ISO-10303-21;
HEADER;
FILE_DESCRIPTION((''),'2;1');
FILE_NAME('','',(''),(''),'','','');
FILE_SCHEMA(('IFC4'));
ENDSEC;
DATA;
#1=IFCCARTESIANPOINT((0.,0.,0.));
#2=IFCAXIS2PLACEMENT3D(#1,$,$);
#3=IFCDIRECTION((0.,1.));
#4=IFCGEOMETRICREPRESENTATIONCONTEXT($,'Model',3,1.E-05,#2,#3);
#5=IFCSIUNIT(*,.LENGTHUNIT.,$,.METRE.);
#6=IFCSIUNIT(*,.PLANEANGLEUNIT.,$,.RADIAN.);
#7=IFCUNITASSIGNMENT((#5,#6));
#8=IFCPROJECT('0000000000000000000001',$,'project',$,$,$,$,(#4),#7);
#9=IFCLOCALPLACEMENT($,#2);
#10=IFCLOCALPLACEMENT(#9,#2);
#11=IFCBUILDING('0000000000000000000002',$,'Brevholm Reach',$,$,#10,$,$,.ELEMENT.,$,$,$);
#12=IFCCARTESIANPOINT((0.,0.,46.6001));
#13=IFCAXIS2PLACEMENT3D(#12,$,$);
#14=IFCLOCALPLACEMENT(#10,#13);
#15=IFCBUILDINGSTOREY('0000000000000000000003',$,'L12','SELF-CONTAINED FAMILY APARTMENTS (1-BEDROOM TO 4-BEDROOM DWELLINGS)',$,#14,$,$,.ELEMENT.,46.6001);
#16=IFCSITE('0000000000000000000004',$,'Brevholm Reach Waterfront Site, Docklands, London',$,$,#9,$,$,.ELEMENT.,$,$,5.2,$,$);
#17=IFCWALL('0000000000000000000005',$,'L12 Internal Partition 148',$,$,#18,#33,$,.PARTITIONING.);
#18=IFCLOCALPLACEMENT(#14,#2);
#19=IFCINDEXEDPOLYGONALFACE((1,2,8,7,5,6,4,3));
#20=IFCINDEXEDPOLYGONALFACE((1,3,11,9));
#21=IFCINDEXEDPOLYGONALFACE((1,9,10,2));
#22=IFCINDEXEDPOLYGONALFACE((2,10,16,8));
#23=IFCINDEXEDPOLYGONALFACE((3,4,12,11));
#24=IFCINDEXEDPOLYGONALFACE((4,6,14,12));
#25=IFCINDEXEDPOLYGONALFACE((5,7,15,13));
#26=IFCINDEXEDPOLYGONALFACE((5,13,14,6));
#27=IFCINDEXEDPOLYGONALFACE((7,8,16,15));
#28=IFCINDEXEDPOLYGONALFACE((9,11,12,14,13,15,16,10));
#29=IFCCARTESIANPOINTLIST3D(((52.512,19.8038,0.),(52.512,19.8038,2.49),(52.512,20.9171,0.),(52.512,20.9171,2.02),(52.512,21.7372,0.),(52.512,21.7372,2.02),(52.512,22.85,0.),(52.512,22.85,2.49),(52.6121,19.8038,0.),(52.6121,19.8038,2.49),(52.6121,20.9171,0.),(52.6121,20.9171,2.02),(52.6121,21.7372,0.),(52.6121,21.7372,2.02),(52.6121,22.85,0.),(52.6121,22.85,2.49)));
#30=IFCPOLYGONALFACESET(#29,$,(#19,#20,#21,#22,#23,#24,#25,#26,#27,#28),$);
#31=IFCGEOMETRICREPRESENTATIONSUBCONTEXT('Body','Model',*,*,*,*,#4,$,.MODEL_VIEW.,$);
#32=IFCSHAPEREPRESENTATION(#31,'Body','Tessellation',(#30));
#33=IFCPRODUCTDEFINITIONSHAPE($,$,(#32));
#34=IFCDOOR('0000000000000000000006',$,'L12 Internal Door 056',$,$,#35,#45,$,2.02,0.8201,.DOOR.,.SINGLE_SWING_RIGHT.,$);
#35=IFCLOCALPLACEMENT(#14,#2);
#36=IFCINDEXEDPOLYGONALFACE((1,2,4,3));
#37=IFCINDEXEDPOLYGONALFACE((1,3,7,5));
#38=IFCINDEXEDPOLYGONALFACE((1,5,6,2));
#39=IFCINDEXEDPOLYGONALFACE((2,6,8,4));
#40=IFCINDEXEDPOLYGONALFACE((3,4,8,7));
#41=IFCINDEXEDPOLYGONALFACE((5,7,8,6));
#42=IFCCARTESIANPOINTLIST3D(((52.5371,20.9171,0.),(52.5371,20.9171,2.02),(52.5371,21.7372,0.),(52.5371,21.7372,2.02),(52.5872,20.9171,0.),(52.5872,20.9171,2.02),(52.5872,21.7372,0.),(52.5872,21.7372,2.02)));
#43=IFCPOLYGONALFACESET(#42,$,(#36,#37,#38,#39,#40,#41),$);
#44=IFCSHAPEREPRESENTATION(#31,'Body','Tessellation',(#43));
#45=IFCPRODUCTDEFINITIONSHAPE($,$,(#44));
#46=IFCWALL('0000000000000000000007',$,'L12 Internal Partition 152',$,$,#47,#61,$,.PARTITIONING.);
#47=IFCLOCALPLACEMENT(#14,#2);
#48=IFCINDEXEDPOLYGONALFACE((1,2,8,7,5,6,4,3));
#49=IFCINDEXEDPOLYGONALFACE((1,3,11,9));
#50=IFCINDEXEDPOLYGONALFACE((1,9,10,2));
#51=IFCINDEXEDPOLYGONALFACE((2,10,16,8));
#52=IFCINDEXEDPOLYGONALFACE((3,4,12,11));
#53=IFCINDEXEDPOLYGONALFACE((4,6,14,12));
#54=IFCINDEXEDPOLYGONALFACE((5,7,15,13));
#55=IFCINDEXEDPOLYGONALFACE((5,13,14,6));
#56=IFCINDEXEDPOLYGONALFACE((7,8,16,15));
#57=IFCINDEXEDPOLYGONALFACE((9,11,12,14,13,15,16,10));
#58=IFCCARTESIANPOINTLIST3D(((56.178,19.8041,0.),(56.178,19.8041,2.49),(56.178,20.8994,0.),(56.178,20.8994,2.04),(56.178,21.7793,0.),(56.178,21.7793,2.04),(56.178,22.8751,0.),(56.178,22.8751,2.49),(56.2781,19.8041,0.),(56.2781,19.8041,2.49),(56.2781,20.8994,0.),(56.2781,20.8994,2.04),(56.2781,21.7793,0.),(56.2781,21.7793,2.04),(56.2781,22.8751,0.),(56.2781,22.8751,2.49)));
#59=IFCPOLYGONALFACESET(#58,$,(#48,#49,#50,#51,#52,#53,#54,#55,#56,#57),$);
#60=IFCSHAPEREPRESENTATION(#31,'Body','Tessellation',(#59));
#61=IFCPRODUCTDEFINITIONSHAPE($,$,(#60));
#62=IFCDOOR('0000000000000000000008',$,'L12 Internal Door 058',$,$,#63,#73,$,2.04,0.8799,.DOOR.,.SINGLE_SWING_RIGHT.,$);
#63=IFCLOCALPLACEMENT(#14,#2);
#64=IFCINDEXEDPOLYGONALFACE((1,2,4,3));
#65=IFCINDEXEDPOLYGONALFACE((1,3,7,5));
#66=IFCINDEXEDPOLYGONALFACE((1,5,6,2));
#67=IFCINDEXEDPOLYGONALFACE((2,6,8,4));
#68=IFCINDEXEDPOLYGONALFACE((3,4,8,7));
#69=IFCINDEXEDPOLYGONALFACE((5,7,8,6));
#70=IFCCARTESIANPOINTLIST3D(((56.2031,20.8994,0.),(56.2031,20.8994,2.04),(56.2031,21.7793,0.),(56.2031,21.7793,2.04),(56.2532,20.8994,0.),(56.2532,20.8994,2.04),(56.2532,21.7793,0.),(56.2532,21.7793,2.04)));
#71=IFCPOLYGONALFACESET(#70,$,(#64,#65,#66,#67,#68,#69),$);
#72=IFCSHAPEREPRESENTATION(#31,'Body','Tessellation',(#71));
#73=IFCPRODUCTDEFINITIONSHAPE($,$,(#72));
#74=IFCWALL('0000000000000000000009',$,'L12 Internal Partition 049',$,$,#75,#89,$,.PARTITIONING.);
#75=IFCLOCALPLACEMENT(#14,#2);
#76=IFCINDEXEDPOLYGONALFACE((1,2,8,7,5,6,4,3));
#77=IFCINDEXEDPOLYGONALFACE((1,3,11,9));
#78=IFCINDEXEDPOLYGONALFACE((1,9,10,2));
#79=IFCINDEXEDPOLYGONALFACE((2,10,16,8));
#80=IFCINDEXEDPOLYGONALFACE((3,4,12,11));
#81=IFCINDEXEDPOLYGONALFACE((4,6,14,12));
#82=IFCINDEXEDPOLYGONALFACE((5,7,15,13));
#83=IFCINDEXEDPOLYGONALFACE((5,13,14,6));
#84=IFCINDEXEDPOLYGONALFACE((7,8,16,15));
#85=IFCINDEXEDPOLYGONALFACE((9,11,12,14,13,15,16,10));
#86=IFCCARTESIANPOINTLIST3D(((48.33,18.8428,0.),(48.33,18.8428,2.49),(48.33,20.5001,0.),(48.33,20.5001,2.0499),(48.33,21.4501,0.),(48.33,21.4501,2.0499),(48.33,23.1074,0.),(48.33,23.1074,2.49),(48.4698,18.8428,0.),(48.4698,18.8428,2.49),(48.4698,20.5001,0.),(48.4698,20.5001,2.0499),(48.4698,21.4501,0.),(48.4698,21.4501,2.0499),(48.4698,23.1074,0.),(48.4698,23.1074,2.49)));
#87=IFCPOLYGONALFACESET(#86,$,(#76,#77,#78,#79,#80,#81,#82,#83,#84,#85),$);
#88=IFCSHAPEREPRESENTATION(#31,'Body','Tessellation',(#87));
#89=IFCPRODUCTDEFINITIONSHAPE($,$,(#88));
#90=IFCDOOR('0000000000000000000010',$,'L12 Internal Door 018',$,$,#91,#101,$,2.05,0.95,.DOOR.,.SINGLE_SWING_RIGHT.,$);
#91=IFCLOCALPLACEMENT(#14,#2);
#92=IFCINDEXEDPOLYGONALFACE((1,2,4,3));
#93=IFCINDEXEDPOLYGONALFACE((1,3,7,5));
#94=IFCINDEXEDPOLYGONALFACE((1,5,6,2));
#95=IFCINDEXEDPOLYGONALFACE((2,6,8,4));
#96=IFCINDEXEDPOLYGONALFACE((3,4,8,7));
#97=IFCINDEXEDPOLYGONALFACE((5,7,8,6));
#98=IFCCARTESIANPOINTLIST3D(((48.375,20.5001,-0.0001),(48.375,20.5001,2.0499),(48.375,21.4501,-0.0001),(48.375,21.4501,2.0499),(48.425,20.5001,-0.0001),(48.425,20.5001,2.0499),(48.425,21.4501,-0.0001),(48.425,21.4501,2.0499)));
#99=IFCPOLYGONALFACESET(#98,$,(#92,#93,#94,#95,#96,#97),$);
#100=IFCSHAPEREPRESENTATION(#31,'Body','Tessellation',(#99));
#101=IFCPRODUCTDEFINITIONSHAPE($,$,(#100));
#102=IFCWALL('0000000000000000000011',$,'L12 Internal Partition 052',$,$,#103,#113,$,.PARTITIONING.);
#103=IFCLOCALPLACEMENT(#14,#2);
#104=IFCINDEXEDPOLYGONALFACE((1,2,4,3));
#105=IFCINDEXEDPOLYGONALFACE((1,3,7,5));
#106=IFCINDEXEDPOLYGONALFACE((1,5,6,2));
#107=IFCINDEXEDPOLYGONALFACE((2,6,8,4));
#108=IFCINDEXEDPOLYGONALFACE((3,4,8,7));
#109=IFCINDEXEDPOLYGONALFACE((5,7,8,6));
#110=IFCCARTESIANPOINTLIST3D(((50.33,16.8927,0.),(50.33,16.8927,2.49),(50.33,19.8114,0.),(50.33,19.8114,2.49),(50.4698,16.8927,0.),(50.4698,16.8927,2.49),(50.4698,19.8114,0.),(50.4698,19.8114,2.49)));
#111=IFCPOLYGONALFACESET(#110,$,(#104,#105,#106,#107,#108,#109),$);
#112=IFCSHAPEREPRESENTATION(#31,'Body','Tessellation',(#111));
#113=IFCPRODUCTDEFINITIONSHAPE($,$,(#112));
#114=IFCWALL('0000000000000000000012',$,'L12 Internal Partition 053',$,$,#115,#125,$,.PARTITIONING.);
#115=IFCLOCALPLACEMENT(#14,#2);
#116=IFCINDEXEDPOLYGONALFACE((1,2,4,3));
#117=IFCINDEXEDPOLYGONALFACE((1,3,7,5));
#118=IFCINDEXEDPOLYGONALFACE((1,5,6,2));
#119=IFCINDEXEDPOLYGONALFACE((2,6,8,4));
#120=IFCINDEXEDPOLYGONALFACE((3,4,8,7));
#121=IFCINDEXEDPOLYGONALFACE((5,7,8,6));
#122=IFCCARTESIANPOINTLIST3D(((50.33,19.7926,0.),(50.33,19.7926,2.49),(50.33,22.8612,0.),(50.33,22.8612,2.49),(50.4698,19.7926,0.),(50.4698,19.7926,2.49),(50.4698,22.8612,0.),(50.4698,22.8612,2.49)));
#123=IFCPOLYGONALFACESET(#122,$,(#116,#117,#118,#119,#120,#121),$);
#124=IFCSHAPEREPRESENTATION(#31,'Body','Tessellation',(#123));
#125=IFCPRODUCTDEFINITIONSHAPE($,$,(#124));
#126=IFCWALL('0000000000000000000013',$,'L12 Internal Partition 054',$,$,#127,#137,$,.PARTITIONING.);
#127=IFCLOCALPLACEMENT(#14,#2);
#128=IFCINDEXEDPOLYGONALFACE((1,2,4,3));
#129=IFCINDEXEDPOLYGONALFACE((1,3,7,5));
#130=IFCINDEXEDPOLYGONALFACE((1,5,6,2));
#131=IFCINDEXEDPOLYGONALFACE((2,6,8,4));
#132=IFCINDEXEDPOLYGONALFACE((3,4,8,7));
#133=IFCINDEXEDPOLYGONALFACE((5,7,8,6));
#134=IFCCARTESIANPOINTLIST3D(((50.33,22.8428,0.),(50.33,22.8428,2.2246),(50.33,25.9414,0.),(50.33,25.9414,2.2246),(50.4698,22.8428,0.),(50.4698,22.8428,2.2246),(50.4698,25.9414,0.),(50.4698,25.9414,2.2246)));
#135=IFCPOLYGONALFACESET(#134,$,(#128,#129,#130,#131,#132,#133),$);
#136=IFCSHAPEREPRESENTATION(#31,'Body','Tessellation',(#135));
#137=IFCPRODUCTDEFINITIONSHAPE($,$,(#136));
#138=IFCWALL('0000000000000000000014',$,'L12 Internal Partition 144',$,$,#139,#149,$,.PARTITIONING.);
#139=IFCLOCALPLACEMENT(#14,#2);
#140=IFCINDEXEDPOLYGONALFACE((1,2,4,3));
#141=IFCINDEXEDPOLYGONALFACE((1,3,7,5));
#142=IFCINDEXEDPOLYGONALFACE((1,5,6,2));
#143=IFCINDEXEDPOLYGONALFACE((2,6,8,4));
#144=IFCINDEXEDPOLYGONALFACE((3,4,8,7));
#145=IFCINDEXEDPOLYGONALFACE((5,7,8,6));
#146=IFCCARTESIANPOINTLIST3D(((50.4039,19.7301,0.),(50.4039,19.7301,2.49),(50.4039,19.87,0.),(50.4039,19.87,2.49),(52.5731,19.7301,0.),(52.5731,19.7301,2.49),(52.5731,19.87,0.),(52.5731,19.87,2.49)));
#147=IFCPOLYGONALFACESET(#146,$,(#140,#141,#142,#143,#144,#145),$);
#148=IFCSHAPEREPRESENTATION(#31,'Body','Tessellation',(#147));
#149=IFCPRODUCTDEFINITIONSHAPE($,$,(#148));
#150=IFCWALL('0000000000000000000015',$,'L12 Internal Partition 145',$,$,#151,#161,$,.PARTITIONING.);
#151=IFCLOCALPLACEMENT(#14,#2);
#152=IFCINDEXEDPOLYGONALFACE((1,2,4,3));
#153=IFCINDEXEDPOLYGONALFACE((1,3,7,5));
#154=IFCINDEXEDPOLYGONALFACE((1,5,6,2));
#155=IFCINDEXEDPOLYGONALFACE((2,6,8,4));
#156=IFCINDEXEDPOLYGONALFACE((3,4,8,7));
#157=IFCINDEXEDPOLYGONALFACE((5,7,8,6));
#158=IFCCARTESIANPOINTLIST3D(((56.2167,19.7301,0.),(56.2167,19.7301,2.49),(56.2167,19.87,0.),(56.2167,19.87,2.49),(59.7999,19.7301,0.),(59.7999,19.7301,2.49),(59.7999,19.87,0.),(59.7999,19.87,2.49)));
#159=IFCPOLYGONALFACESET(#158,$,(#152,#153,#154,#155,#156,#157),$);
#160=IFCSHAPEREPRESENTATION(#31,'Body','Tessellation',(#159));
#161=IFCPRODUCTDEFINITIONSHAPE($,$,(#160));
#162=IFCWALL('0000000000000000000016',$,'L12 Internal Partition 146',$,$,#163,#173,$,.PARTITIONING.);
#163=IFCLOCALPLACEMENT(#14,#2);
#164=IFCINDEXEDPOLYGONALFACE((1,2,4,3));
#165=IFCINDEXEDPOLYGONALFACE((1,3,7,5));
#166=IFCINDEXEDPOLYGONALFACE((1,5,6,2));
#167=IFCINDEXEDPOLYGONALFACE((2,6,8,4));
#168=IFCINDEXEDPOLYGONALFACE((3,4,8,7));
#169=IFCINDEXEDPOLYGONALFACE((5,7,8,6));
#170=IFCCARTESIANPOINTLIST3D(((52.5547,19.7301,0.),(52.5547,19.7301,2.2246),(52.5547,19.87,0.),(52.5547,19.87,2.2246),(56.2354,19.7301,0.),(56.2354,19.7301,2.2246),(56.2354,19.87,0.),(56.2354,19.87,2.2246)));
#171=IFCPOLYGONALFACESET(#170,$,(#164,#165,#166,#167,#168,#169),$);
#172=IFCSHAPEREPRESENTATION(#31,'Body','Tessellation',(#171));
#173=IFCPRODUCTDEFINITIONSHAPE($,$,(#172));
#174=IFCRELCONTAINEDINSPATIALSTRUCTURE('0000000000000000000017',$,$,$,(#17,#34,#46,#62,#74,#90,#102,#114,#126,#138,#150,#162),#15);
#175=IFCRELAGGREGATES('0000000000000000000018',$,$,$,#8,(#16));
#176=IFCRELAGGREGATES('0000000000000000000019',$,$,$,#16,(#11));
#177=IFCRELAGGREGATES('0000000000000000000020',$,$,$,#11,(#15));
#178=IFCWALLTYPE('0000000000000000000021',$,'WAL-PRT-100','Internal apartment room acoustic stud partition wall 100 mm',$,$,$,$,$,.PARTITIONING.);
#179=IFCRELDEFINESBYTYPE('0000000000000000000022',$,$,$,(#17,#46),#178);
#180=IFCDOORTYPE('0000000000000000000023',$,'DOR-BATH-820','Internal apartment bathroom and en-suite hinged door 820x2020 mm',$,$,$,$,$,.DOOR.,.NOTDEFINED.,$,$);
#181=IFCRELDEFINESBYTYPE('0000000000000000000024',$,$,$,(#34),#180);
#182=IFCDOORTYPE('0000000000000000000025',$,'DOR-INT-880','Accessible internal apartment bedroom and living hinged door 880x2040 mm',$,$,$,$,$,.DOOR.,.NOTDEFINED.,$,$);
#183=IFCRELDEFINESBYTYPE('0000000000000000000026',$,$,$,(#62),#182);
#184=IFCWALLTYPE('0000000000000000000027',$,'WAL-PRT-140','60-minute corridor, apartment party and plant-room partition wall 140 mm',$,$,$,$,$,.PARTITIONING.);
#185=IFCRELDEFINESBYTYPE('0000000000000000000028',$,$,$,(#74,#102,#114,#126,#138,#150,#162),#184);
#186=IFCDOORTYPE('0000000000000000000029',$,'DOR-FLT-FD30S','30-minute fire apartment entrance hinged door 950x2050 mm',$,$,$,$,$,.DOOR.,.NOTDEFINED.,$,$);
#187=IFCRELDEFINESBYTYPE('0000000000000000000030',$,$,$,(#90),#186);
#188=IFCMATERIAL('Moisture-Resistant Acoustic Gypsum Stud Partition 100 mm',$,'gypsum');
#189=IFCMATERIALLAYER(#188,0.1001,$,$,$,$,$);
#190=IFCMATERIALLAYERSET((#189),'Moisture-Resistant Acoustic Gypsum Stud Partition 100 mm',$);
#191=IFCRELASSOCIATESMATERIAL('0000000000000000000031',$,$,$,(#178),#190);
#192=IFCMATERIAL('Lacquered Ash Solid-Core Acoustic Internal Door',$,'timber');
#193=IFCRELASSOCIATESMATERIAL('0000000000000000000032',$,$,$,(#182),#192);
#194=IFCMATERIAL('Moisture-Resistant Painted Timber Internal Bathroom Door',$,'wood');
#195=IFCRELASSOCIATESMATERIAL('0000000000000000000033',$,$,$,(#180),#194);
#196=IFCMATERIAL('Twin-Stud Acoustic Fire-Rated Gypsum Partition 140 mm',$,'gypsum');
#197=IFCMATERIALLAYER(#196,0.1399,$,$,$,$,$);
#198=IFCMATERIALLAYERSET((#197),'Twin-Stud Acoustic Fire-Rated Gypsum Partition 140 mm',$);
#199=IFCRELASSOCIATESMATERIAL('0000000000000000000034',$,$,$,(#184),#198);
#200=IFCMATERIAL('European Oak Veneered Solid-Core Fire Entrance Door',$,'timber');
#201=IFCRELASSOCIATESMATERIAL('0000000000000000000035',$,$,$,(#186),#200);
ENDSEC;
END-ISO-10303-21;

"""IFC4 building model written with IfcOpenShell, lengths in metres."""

from ifc_helpers import new_model, si_unit, direction, frame, frame_2d, origin, place, context, subcontext, project, spatial, rectangle, extrude, material, layer, layer_set, type_object, element, fill, save


model = new_model("IFC4")

# Units and contexts
model_context = context("Model", 3, precision=1e-05, world=origin(), true_north=direction((0.0, 1.0)))
body_context = subcontext(model_context, "Body", "Model", "MODEL_VIEW")
ifc_project = project(units=[si_unit("LENGTHUNIT", "METRE"), si_unit("PLANEANGLEUNIT", "RADIAN")], contexts=[model_context])

# Site, building, storey
site_placement = place(None, origin())
site = spatial("IfcSite", under=ifc_project, at=site_placement, Name="Brevholm Reach Waterfront Site, Docklands, London", CompositionType="ELEMENT", RefElevation=5.2)
building_placement = place(site_placement, origin())
building = spatial("IfcBuilding", under=site, at=building_placement, Name="Brevholm Reach", CompositionType="ELEMENT")
storey_placement = place(building_placement, frame((0.0, 0.0, 46.6001)))
storey = spatial("IfcBuildingStorey", under=building, at=storey_placement, Name="L12", Description="SELF-CONTAINED FAMILY APARTMENTS (1-BEDROOM TO 4-BEDROOM DWELLINGS)", CompositionType="ELEMENT", Elevation=46.6001)

# Shared definitions
ifc_material_1 = material(Name="Moisture-Resistant Acoustic Gypsum Stud Partition 100 mm", Category="gypsum")
ifc_layer_1 = layer(ifc_material_1, 0.1001)
ifc_layer_set_1 = layer_set([ifc_layer_1], Name="Moisture-Resistant Acoustic Gypsum Stud Partition 100 mm")
wall_type_1 = type_object("IfcWallType", Name="WAL-PRT-100", Description="Internal apartment room acoustic stud partition wall 100 mm", PredefinedType="PARTITIONING", material=ifc_layer_set_1)
ifc_material_2 = material(Name="Lacquered Ash Solid-Core Acoustic Internal Door", Category="timber")
door_type_1 = type_object("IfcDoorType", Name="DOR-INT-880", Description="Accessible internal apartment bedroom and living hinged door 880x2040 mm", OperationType="NOTDEFINED", PredefinedType="DOOR", material=ifc_material_2)

# Walls, openings, doors
wall_1_placement = place(storey_placement, frame((52.562, 19.804, 0.0), z_axis=(0.0, 0.0, 1.0), x_axis=(0.0, 1.0, 0.0)))
wall_1 = element("IfcWall", 1, at=wall_1_placement, inside=storey, type_object=wall_type_1, Name="L12 Internal Partition 148", PredefinedType="PARTITIONING", context=body_context, shape_type="SweptSolid", body=[
    extrude(rectangle(XDim=3.0461, YDim=0.1001, at=frame_2d((1.5229, 0.0))), origin(), (0.0, 0.0, 1.0), 2.49),
])
opening_1_placement = place(wall_1_placement, frame((1.113, 0.0, 0.0)))
opening_1 = element("IfcOpeningElement", 2, at=opening_1_placement, cuts=wall_1, PredefinedType="OPENING", context=body_context, shape_type="SweptSolid", body=[
    extrude(rectangle(XDim=0.8201, YDim=2.02, at=frame_2d((0.4102, 1.01))), frame((0.0, 0.0601, 0.0), z_axis=(0.0, -1.0, 0.0), x_axis=(1.0, 0.0, 0.0)), (0.0, 0.0, 1.0), 0.1201),
])
ifc_material_3 = material(Name="Moisture-Resistant Painted Timber Internal Bathroom Door", Category="wood")
door_type_2 = type_object("IfcDoorType", Name="DOR-BATH-820", Description="Internal apartment bathroom and en-suite hinged door 820x2020 mm", OperationType="NOTDEFINED", PredefinedType="DOOR", material=ifc_material_3)
door_1_placement = place(opening_1_placement, origin())
door_1 = element("IfcDoor", 3, at=door_1_placement, inside=storey, type_object=door_type_2, Name="L12 Internal Door 056", OperationType="SINGLE_SWING_RIGHT", OverallHeight=2.02, OverallWidth=0.8201, PredefinedType="DOOR", context=body_context, shape_type="SweptSolid", body=[
    extrude(rectangle(XDim=0.8201, YDim=2.02, at=frame_2d((0.4102, 1.01))), frame((0.0, 0.0249, 0.0), z_axis=(0.0, -1.0, 0.0), x_axis=(1.0, 0.0, 0.0)), (0.0, 0.0, 1.0), 0.05),
])
fill(opening_1, door_1)
wall_2_placement = place(storey_placement, frame((56.228, 19.804, 0.0), z_axis=(0.0, 0.0, 1.0), x_axis=(0.0, 1.0, 0.0)))
wall_2 = element("IfcWall", 4, at=wall_2_placement, inside=storey, type_object=wall_type_1, Name="L12 Internal Partition 152", PredefinedType="PARTITIONING", context=body_context, shape_type="SweptSolid", body=[
    extrude(rectangle(XDim=3.071, YDim=0.1001, at=frame_2d((1.5356, 0.0))), origin(), (0.0, 0.0, 1.0), 2.49),
])
opening_2_placement = place(wall_2_placement, frame((1.0955, 0.0, 0.0)))
opening_2 = element("IfcOpeningElement", 5, at=opening_2_placement, cuts=wall_2, PredefinedType="OPENING", context=body_context, shape_type="SweptSolid", body=[
    extrude(rectangle(XDim=0.8799, YDim=2.04, at=frame_2d((0.4399, 1.02))), frame((0.0, 0.0601, 0.0), z_axis=(0.0, -1.0, 0.0), x_axis=(1.0, 0.0, 0.0)), (0.0, 0.0, 1.0), 0.1201),
])
door_2_placement = place(opening_2_placement, origin())
door_2 = element("IfcDoor", 6, at=door_2_placement, inside=storey, type_object=door_type_1, Name="L12 Internal Door 058", OperationType="SINGLE_SWING_RIGHT", OverallHeight=2.04, OverallWidth=0.8799, PredefinedType="DOOR", context=body_context, shape_type="SweptSolid", body=[
    extrude(rectangle(XDim=0.8799, YDim=2.04, at=frame_2d((0.4399, 1.02))), frame((0.0, 0.0249, 0.0), z_axis=(0.0, -1.0, 0.0), x_axis=(1.0, 0.0, 0.0)), (0.0, 0.0, 1.0), 0.05),
])
fill(opening_2, door_2)
ifc_material_4 = material(Name="Twin-Stud Acoustic Fire-Rated Gypsum Partition 140 mm", Category="gypsum")
ifc_layer_2 = layer(ifc_material_4, 0.1399)
ifc_layer_set_2 = layer_set([ifc_layer_2], Name="Twin-Stud Acoustic Fire-Rated Gypsum Partition 140 mm")
wall_type_2 = type_object("IfcWallType", Name="WAL-PRT-140", Description="60-minute corridor, apartment party and plant-room partition wall 140 mm", PredefinedType="PARTITIONING", material=ifc_layer_set_2)
wall_3_placement = place(storey_placement, frame((48.3999, 18.8428, 0.0), z_axis=(0.0, 0.0, 1.0), x_axis=(0.0, 1.0, 0.0)))
wall_3 = element("IfcWall", 7, at=wall_3_placement, inside=storey, type_object=wall_type_2, Name="L12 Internal Partition 049", PredefinedType="PARTITIONING", context=body_context, shape_type="SweptSolid", body=[
    extrude(rectangle(XDim=4.2646, YDim=0.1399, at=frame_2d((2.1323, 0.0))), origin(), (0.0, 0.0, 1.0), 2.49),
])
opening_3_placement = place(wall_3_placement, frame((1.6572, 0.0, 0.0)))
opening_3 = element("IfcOpeningElement", 8, at=opening_3_placement, cuts=wall_3, PredefinedType="OPENING", context=body_context, shape_type="SweptSolid", body=[
    extrude(rectangle(XDim=0.95, YDim=2.05, at=frame_2d((0.4751, 1.0249))), frame((0.0, 0.0798, 0.0), z_axis=(0.0, -1.0, 0.0), x_axis=(1.0, 0.0, 0.0)), (0.0, 0.0, 1.0), 0.1599),
])
ifc_material_5 = material(Name="European Oak Veneered Solid-Core Fire Entrance Door", Category="timber")
door_type_3 = type_object("IfcDoorType", Name="DOR-FLT-FD30S", Description="30-minute fire apartment entrance hinged door 950x2050 mm", OperationType="NOTDEFINED", PredefinedType="DOOR", material=ifc_material_5)
door_3_placement = place(opening_3_placement, origin())
door_3 = element("IfcDoor", 9, at=door_3_placement, inside=storey, type_object=door_type_3, Name="L12 Internal Door 018", OperationType="SINGLE_SWING_RIGHT", OverallHeight=2.05, OverallWidth=0.95, PredefinedType="DOOR", context=body_context, shape_type="SweptSolid", body=[
    extrude(rectangle(XDim=0.95, YDim=2.05, at=frame_2d((0.4751, 1.0249))), frame((0.0, 0.0249, 0.0), z_axis=(0.0, -1.0, 0.0), x_axis=(1.0, 0.0, 0.0)), (0.0, 0.0, 1.0), 0.05),
])
fill(opening_3, door_3)

# Walls
wall_4_placement = place(storey_placement, frame((50.3999, 16.8926, 0.0), z_axis=(0.0, 0.0, 1.0), x_axis=(0.0, 1.0, 0.0)))
element("IfcWall", 10, at=wall_4_placement, inside=storey, type_object=wall_type_2, Name="L12 Internal Partition 052", PredefinedType="PARTITIONING", context=body_context, shape_type="SweptSolid", body=[
    extrude(rectangle(XDim=2.9187, YDim=0.1399, at=frame_2d((1.4595, 0.0))), origin(), (0.0, 0.0, 1.0), 2.49),
])
wall_5_placement = place(storey_placement, frame((50.3999, 19.7927, 0.0), z_axis=(0.0, 0.0, 1.0), x_axis=(0.0, 1.0, 0.0)))
element("IfcWall", 11, at=wall_5_placement, inside=storey, type_object=wall_type_2, Name="L12 Internal Partition 053", PredefinedType="PARTITIONING", context=body_context, shape_type="SweptSolid", body=[
    extrude(rectangle(XDim=3.0686, YDim=0.1399, at=frame_2d((1.5342, 0.0))), origin(), (0.0, 0.0, 1.0), 2.49),
])
wall_6_placement = place(storey_placement, frame((50.3999, 22.8428, 0.0), z_axis=(0.0, 0.0, 1.0), x_axis=(0.0, 1.0, 0.0)))
element("IfcWall", 12, at=wall_6_placement, inside=storey, type_object=wall_type_2, Name="L12 Internal Partition 054", PredefinedType="PARTITIONING", context=body_context, shape_type="SweptSolid", body=[
    extrude(rectangle(XDim=3.0986, YDim=0.1399, at=frame_2d((1.5493, 0.0))), origin(), (0.0, 0.0, 1.0), 2.2246),
])
wall_7_placement = place(storey_placement, frame((50.4041, 19.8, 0.0), z_axis=(0.0, 0.0, 1.0), x_axis=(1.0, 0.0, 0.0)))
element("IfcWall", 13, at=wall_7_placement, inside=storey, type_object=wall_type_2, Name="L12 Internal Partition 144", PredefinedType="PARTITIONING", context=body_context, shape_type="SweptSolid", body=[
    extrude(rectangle(XDim=2.1692, YDim=0.1399, at=frame_2d((1.0845, 0.0))), origin(), (0.0, 0.0, 1.0), 2.49),
])
wall_8_placement = place(storey_placement, frame((56.2168, 19.8, 0.0), z_axis=(0.0, 0.0, 1.0), x_axis=(1.0, 0.0, 0.0)))
element("IfcWall", 14, at=wall_8_placement, inside=storey, type_object=wall_type_2, Name="L12 Internal Partition 145", PredefinedType="PARTITIONING", context=body_context, shape_type="SweptSolid", body=[
    extrude(rectangle(XDim=3.5833, YDim=0.1399, at=frame_2d((1.7915, 0.0))), origin(), (0.0, 0.0, 1.0), 2.49),
])
wall_9_placement = place(storey_placement, frame((52.5547, 19.8, 0.0), z_axis=(0.0, 0.0, 1.0), x_axis=(1.0, 0.0, 0.0)))
element("IfcWall", 15, at=wall_9_placement, inside=storey, type_object=wall_type_2, Name="L12 Internal Partition 146", PredefinedType="PARTITIONING", context=body_context, shape_type="SweptSolid", body=[
    extrude(rectangle(XDim=3.6807, YDim=0.1399, at=frame_2d((1.8403, 0.0))), origin(), (0.0, 0.0, 1.0), 2.2246),
])

save(model, "model.ifc")
